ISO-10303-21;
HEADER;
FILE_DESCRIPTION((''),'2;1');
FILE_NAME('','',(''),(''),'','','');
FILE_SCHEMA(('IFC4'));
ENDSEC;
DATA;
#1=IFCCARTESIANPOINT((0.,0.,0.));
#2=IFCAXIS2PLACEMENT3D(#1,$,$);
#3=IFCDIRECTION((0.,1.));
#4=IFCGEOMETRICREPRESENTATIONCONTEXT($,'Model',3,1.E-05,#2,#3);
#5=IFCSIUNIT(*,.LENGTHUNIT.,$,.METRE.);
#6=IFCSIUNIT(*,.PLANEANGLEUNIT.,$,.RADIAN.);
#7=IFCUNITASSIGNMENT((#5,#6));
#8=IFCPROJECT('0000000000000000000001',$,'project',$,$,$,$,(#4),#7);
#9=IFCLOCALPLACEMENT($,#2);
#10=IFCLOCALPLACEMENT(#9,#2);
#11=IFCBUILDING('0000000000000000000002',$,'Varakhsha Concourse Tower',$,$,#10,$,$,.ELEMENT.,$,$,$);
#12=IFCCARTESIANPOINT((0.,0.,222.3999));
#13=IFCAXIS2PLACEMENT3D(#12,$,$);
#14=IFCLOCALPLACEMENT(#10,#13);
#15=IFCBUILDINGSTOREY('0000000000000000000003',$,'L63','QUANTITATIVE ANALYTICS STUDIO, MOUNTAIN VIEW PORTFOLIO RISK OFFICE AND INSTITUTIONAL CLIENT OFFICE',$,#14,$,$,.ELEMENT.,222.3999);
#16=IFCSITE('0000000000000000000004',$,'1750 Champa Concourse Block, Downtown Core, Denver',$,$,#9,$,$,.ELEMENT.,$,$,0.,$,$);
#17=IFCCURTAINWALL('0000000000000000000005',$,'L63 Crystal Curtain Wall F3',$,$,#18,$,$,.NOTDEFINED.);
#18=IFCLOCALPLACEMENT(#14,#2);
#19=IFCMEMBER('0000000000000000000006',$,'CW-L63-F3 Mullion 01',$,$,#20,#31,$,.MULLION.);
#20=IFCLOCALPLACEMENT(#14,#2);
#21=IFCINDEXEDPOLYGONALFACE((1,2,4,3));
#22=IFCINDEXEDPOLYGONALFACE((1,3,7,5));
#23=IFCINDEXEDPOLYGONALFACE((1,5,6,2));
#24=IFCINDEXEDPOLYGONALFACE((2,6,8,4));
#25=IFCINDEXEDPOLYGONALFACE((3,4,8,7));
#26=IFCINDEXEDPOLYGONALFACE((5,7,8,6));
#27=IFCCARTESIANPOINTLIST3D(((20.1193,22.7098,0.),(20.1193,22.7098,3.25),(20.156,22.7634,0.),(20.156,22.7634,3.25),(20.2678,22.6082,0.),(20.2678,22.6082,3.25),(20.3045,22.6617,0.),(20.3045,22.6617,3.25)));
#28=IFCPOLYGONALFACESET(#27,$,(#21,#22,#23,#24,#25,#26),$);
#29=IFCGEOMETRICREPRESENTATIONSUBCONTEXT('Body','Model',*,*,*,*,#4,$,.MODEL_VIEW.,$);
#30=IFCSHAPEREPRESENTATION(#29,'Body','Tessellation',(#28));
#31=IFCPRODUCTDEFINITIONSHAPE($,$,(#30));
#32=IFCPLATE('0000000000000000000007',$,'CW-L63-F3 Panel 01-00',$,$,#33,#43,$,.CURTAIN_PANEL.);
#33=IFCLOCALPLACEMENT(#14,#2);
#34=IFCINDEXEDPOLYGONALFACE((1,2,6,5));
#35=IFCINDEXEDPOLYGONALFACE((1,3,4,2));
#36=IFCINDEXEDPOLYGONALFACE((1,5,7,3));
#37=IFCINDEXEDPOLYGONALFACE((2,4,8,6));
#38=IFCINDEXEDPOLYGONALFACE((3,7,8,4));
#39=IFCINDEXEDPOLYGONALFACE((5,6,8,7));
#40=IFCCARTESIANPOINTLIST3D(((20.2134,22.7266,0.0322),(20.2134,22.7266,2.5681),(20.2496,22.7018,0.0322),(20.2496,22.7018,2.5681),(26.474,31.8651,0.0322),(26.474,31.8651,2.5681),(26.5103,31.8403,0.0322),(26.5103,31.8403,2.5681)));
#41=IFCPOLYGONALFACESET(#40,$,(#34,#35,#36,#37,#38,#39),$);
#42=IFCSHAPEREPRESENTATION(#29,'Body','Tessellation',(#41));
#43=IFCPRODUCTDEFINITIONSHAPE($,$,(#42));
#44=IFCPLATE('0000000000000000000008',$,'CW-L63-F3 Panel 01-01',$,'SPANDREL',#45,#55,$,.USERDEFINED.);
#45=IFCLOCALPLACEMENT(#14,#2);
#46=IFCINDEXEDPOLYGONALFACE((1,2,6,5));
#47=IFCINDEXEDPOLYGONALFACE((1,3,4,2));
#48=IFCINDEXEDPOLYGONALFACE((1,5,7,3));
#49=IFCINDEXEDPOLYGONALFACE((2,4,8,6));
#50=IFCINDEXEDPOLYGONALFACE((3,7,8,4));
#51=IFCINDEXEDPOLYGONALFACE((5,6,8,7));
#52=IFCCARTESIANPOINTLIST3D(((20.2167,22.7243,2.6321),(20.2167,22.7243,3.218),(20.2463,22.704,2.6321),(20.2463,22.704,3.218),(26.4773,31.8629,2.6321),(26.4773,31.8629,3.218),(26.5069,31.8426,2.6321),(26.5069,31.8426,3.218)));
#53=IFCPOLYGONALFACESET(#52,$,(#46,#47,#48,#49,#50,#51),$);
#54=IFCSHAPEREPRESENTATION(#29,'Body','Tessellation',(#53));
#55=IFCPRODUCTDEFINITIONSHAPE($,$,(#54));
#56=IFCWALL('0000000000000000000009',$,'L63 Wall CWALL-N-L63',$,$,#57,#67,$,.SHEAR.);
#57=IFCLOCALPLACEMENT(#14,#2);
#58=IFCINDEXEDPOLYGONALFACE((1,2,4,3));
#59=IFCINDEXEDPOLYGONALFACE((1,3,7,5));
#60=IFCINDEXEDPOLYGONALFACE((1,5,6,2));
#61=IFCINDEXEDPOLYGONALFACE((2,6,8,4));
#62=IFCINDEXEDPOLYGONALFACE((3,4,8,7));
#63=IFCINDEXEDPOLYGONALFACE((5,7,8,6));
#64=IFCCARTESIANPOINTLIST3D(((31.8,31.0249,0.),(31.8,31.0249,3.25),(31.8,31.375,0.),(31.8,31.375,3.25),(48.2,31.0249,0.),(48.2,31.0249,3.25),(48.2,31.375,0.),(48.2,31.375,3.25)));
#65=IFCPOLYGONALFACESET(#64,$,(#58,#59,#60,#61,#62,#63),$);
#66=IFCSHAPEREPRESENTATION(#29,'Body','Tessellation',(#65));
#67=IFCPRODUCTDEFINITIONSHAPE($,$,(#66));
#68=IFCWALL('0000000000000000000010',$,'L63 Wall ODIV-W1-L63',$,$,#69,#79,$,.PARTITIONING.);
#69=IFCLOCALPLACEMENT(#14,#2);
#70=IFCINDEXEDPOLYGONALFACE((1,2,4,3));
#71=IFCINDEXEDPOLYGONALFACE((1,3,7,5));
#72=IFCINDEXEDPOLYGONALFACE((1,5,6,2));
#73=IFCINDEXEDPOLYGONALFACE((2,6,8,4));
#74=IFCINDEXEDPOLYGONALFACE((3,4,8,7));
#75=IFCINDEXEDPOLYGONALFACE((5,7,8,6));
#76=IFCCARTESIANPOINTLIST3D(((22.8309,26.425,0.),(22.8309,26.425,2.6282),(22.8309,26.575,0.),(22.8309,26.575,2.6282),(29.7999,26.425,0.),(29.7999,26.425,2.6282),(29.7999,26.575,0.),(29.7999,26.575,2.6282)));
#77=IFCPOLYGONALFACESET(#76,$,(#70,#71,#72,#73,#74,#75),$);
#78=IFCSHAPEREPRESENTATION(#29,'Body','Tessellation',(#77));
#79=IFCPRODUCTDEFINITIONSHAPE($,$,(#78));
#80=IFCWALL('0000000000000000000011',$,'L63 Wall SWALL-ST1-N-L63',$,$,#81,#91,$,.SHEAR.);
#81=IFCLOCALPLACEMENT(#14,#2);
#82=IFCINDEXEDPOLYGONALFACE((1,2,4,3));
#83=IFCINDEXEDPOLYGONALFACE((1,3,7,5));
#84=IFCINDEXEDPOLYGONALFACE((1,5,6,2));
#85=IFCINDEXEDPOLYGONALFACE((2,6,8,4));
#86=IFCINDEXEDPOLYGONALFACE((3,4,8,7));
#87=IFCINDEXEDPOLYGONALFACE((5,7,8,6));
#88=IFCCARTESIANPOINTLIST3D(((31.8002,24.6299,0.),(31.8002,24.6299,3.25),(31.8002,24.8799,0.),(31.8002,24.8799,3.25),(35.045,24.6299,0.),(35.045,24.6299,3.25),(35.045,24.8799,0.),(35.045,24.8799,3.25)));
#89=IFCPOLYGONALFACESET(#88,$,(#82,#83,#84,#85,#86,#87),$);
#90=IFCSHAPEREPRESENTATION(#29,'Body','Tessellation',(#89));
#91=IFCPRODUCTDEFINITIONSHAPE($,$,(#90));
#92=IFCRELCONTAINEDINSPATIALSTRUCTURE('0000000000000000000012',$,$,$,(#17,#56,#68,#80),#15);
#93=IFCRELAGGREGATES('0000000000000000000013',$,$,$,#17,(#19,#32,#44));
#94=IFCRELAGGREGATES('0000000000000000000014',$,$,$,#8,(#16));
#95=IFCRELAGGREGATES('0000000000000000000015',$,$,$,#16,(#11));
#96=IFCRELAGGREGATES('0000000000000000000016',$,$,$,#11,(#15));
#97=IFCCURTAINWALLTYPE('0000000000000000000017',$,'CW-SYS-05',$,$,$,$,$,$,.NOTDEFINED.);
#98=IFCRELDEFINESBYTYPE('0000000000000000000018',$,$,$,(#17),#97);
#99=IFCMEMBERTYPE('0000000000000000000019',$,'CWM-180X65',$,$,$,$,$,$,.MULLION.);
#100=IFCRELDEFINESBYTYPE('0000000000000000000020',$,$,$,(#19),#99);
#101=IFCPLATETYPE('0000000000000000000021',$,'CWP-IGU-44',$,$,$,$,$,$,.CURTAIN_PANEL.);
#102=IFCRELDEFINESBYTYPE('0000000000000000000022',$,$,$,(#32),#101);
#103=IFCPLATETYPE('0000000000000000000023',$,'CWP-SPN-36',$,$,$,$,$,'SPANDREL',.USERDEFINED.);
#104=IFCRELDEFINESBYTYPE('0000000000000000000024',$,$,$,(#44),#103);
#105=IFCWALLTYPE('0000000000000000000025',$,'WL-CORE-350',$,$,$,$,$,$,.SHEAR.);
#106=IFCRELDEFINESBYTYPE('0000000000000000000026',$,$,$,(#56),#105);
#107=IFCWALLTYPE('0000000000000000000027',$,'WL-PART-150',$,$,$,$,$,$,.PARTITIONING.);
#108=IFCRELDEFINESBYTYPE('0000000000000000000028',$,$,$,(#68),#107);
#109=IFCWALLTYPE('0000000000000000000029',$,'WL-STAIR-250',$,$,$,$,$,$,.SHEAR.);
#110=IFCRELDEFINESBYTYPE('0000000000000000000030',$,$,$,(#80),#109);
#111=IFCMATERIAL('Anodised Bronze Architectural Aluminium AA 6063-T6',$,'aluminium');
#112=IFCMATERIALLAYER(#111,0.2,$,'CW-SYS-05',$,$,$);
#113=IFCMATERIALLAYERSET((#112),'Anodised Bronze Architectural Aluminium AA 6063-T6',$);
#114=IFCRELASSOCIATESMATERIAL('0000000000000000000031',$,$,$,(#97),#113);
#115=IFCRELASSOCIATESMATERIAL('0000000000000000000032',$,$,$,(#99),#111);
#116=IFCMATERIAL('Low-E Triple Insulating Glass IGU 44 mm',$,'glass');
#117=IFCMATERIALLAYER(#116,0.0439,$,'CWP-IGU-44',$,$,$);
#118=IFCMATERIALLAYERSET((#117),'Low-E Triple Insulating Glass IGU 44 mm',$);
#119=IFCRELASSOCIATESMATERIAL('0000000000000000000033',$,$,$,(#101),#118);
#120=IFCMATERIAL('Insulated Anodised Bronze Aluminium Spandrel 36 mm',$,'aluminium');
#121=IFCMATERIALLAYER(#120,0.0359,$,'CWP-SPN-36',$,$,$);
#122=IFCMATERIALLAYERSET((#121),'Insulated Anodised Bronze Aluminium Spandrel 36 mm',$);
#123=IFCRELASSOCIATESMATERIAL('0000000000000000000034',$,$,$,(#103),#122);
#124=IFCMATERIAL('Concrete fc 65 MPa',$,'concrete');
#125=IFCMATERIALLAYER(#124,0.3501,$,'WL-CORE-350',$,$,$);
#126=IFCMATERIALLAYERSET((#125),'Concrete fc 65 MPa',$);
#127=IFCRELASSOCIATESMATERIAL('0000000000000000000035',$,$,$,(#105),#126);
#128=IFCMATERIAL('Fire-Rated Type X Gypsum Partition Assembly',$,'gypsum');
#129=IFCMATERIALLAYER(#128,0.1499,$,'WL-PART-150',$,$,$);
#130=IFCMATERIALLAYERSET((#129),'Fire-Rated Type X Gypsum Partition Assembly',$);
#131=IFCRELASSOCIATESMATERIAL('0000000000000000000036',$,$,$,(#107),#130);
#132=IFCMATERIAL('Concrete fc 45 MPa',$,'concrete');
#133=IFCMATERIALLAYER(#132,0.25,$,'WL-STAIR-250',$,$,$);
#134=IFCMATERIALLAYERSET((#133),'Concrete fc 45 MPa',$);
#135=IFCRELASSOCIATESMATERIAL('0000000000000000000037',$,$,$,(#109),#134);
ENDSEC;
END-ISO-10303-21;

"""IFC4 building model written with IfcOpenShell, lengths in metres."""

from ifc_helpers import new_model, si_unit, direction, frame, frame_2d, origin, origin_2d, place, context, subcontext, project, spatial, rectangle, extrude, source, transform, mapped, material, layer, layer_set, material_profile, profile_set, type_object, type_shapes, element, aggregate, save


model = new_model("IFC4")

# Units and contexts
model_context = context("Model", 3, precision=1e-05, world=origin(), true_north=direction((0.0, 1.0)))
body_context = subcontext(model_context, "Body", "Model", "MODEL_VIEW")
ifc_project = project(units=[si_unit("LENGTHUNIT", "METRE"), si_unit("PLANEANGLEUNIT", "RADIAN")], contexts=[model_context])

# Site, building, storey
site_placement = place(None, origin())
site = spatial("IfcSite", under=ifc_project, at=site_placement, Name="1750 Champa Concourse Block, Downtown Core, Denver", CompositionType="ELEMENT", RefElevation=0.0)
building_placement = place(site_placement, origin())
building = spatial("IfcBuilding", under=site, at=building_placement, Name="Varakhsha Concourse Tower", CompositionType="ELEMENT")
storey_placement = place(building_placement, frame((0.0, 0.0, 222.3999)))
storey = spatial("IfcBuildingStorey", under=building, at=storey_placement, Name="L63", Description="QUANTITATIVE ANALYTICS STUDIO, MOUNTAIN VIEW PORTFOLIO RISK OFFICE AND INSTITUTIONAL CLIENT OFFICE", CompositionType="ELEMENT", Elevation=222.3999)

# Shared definitions
ifc_material_1 = material(Name="Concrete fc 65 MPa", Category="concrete")

# Curtain wall, member, plates
ifc_material_2 = material(Name="Anodised Bronze Architectural Aluminium AA 6063-T6", Category="aluminium")
ifc_layer_1 = layer(ifc_material_2, 0.2, Name="CW-SYS-05")
ifc_layer_set_1 = layer_set([ifc_layer_1], Name="Anodised Bronze Architectural Aluminium AA 6063-T6")
curtain_wall_type = type_object("IfcCurtainWallType", Name="CW-SYS-05", PredefinedType="NOTDEFINED", material=ifc_layer_set_1)
curtain_wall_placement = place(storey_placement, origin())
curtain_wall = element("IfcCurtainWall", 1, at=curtain_wall_placement, inside=storey, type_object=curtain_wall_type, Name="L63 Crystal Curtain Wall F3", PredefinedType="NOTDEFINED")
ifc_material_profile_1 = material_profile(ifc_material_2, rectangle(XDim=0.0649, YDim=0.1799, at=origin_2d()), Name="CWM-180X65")
ifc_profile_set_1 = profile_set([ifc_material_profile_1], Name="Anodised Bronze Architectural Aluminium AA 6063-T6")
member_type = type_object("IfcMemberType", Name="CWM-180X65", PredefinedType="MULLION", material=ifc_profile_set_1)
shared_shape_1 = source(origin(), body_context, "Body", "SweptSolid", [
    extrude(rectangle(XDim=0.0649, YDim=0.1799, at=origin_2d()), origin(), (0.0, 0.0, 1.0), 3.25),
])
type_shapes(member_type, [shared_shape_1])
member_placement = place(storey_placement, frame((20.2119, 22.6858, 0.0), z_axis=(0.0, 0.0, 1.0), x_axis=(0.565173, 0.824972, 0.0)))
member = element("IfcMember", 2, at=member_placement, type_object=member_type, Name="CW-L63-F3 Mullion 01", PredefinedType="MULLION", context=body_context, shape_type="MappedRepresentation", body=[
    mapped(shared_shape_1, transform((0.0, 0.0, 0.0), scale=1.0)),
])
ifc_material_3 = material(Name="Low-E Triple Insulating Glass IGU 44 mm", Category="glass")
ifc_layer_2 = layer(ifc_material_3, 0.0439, Name="CWP-IGU-44")
ifc_layer_set_2 = layer_set([ifc_layer_2], Name="Low-E Triple Insulating Glass IGU 44 mm")
plate_type_1 = type_object("IfcPlateType", Name="CWP-IGU-44", PredefinedType="CURTAIN_PANEL", material=ifc_layer_set_2)
shared_shape_2 = source(origin(), body_context, "Body", "SweptSolid", [
    extrude(rectangle(XDim=11.0774, YDim=0.0439, at=origin_2d()), origin(), (0.0, 0.0, 1.0), 2.5359),
])
type_shapes(plate_type_1, [shared_shape_2])
plate_1_placement = place(storey_placement, frame((23.3618, 27.2834, 0.0322), z_axis=(0.0, 0.0, 1.0), x_axis=(0.565173, 0.824972, 0.0)))
plate_1 = element("IfcPlate", 3, at=plate_1_placement, type_object=plate_type_1, Name="CW-L63-F3 Panel 01-00", PredefinedType="CURTAIN_PANEL", context=body_context, shape_type="MappedRepresentation", body=[
    mapped(shared_shape_2, transform((0.0, 0.0, 0.0), scale=1.0)),
])
ifc_material_4 = material(Name="Insulated Anodised Bronze Aluminium Spandrel 36 mm", Category="aluminium")
ifc_layer_3 = layer(ifc_material_4, 0.0359, Name="CWP-SPN-36")
ifc_layer_set_3 = layer_set([ifc_layer_3], Name="Insulated Anodised Bronze Aluminium Spandrel 36 mm")
plate_type_2 = type_object("IfcPlateType", Name="CWP-SPN-36", ElementType="SPANDREL", PredefinedType="USERDEFINED", material=ifc_layer_set_3)
shared_shape_3 = source(origin(), body_context, "Body", "SweptSolid", [
    extrude(rectangle(XDim=11.0774, YDim=0.0359, at=origin_2d()), origin(), (0.0, 0.0, 1.0), 0.5859),
])
type_shapes(plate_type_2, [shared_shape_3])
plate_2_placement = place(storey_placement, frame((23.3618, 27.2834, 2.6321), z_axis=(0.0, 0.0, 1.0), x_axis=(0.565173, 0.824972, 0.0)))
plate_2 = element("IfcPlate", 4, at=plate_2_placement, type_object=plate_type_2, Name="CW-L63-F3 Panel 01-01", ObjectType="SPANDREL", PredefinedType="USERDEFINED", context=body_context, shape_type="MappedRepresentation", body=[
    mapped(shared_shape_3, transform((0.0, 0.0, 0.0), scale=1.0)),
])
aggregate(curtain_wall, [member, plate_1, plate_2])

# Walls
ifc_layer_4 = layer(ifc_material_1, 0.3501, Name="WL-CORE-350")
ifc_layer_set_4 = layer_set([ifc_layer_4], Name="Concrete fc 65 MPa")
wall_type_1 = type_object("IfcWallType", Name="WL-CORE-350", PredefinedType="SHEAR", material=ifc_layer_set_4)
wall_1_placement = place(storey_placement, frame((31.8, 31.2, 0.0), z_axis=(0.0, 0.0, 1.0), x_axis=(1.0, 0.0, 0.0)))
element("IfcWall", 5, at=wall_1_placement, inside=storey, type_object=wall_type_1, Name="L63 Wall CWALL-N-L63", PredefinedType="SHEAR", context=body_context, shape_type="SweptSolid", body=[
    extrude(rectangle(XDim=16.3999, YDim=0.3501, at=frame_2d((8.2, 0.0))), origin(), (0.0, 0.0, 1.0), 3.25),
])
ifc_material_5 = material(Name="Fire-Rated Type X Gypsum Partition Assembly", Category="gypsum")
ifc_layer_5 = layer(ifc_material_5, 0.1499, Name="WL-PART-150")
ifc_layer_set_5 = layer_set([ifc_layer_5], Name="Fire-Rated Type X Gypsum Partition Assembly")
wall_type_2 = type_object("IfcWallType", Name="WL-PART-150", PredefinedType="PARTITIONING", material=ifc_layer_set_5)
wall_2_placement = place(storey_placement, frame((22.8311, 26.5, 0.0), z_axis=(0.0, 0.0, 1.0), x_axis=(1.0, 0.0, 0.0)))
element("IfcWall", 6, at=wall_2_placement, inside=storey, type_object=wall_type_2, Name="L63 Wall ODIV-W1-L63", PredefinedType="PARTITIONING", context=body_context, shape_type="SweptSolid", body=[
    extrude(rectangle(XDim=6.969, YDim=0.1499, at=frame_2d((3.4844, 0.0))), origin(), (0.0, 0.0, 1.0), 2.6282),
])

# Wall
ifc_material_6 = material(Name="Concrete fc 45 MPa", Category="concrete")
ifc_layer_6 = layer(ifc_material_6, 0.25, Name="WL-STAIR-250")
ifc_layer_set_6 = layer_set([ifc_layer_6], Name="Concrete fc 45 MPa")
wall_type_3 = type_object("IfcWallType", Name="WL-STAIR-250", PredefinedType="SHEAR", material=ifc_layer_set_6)
wall_3_placement = place(storey_placement, frame((31.8, 24.7549, 0.0), z_axis=(0.0, 0.0, 1.0), x_axis=(1.0, 0.0, 0.0)))
element("IfcWall", 7, at=wall_3_placement, inside=storey, type_object=wall_type_3, Name="L63 Wall SWALL-ST1-N-L63", PredefinedType="SHEAR", context=body_context, shape_type="SweptSolid", body=[
    extrude(rectangle(XDim=3.2449, YDim=0.25, at=frame_2d((1.6226, 0.0))), origin(), (0.0, 0.0, 1.0), 3.25),
])

save(model, "model.ifc")
